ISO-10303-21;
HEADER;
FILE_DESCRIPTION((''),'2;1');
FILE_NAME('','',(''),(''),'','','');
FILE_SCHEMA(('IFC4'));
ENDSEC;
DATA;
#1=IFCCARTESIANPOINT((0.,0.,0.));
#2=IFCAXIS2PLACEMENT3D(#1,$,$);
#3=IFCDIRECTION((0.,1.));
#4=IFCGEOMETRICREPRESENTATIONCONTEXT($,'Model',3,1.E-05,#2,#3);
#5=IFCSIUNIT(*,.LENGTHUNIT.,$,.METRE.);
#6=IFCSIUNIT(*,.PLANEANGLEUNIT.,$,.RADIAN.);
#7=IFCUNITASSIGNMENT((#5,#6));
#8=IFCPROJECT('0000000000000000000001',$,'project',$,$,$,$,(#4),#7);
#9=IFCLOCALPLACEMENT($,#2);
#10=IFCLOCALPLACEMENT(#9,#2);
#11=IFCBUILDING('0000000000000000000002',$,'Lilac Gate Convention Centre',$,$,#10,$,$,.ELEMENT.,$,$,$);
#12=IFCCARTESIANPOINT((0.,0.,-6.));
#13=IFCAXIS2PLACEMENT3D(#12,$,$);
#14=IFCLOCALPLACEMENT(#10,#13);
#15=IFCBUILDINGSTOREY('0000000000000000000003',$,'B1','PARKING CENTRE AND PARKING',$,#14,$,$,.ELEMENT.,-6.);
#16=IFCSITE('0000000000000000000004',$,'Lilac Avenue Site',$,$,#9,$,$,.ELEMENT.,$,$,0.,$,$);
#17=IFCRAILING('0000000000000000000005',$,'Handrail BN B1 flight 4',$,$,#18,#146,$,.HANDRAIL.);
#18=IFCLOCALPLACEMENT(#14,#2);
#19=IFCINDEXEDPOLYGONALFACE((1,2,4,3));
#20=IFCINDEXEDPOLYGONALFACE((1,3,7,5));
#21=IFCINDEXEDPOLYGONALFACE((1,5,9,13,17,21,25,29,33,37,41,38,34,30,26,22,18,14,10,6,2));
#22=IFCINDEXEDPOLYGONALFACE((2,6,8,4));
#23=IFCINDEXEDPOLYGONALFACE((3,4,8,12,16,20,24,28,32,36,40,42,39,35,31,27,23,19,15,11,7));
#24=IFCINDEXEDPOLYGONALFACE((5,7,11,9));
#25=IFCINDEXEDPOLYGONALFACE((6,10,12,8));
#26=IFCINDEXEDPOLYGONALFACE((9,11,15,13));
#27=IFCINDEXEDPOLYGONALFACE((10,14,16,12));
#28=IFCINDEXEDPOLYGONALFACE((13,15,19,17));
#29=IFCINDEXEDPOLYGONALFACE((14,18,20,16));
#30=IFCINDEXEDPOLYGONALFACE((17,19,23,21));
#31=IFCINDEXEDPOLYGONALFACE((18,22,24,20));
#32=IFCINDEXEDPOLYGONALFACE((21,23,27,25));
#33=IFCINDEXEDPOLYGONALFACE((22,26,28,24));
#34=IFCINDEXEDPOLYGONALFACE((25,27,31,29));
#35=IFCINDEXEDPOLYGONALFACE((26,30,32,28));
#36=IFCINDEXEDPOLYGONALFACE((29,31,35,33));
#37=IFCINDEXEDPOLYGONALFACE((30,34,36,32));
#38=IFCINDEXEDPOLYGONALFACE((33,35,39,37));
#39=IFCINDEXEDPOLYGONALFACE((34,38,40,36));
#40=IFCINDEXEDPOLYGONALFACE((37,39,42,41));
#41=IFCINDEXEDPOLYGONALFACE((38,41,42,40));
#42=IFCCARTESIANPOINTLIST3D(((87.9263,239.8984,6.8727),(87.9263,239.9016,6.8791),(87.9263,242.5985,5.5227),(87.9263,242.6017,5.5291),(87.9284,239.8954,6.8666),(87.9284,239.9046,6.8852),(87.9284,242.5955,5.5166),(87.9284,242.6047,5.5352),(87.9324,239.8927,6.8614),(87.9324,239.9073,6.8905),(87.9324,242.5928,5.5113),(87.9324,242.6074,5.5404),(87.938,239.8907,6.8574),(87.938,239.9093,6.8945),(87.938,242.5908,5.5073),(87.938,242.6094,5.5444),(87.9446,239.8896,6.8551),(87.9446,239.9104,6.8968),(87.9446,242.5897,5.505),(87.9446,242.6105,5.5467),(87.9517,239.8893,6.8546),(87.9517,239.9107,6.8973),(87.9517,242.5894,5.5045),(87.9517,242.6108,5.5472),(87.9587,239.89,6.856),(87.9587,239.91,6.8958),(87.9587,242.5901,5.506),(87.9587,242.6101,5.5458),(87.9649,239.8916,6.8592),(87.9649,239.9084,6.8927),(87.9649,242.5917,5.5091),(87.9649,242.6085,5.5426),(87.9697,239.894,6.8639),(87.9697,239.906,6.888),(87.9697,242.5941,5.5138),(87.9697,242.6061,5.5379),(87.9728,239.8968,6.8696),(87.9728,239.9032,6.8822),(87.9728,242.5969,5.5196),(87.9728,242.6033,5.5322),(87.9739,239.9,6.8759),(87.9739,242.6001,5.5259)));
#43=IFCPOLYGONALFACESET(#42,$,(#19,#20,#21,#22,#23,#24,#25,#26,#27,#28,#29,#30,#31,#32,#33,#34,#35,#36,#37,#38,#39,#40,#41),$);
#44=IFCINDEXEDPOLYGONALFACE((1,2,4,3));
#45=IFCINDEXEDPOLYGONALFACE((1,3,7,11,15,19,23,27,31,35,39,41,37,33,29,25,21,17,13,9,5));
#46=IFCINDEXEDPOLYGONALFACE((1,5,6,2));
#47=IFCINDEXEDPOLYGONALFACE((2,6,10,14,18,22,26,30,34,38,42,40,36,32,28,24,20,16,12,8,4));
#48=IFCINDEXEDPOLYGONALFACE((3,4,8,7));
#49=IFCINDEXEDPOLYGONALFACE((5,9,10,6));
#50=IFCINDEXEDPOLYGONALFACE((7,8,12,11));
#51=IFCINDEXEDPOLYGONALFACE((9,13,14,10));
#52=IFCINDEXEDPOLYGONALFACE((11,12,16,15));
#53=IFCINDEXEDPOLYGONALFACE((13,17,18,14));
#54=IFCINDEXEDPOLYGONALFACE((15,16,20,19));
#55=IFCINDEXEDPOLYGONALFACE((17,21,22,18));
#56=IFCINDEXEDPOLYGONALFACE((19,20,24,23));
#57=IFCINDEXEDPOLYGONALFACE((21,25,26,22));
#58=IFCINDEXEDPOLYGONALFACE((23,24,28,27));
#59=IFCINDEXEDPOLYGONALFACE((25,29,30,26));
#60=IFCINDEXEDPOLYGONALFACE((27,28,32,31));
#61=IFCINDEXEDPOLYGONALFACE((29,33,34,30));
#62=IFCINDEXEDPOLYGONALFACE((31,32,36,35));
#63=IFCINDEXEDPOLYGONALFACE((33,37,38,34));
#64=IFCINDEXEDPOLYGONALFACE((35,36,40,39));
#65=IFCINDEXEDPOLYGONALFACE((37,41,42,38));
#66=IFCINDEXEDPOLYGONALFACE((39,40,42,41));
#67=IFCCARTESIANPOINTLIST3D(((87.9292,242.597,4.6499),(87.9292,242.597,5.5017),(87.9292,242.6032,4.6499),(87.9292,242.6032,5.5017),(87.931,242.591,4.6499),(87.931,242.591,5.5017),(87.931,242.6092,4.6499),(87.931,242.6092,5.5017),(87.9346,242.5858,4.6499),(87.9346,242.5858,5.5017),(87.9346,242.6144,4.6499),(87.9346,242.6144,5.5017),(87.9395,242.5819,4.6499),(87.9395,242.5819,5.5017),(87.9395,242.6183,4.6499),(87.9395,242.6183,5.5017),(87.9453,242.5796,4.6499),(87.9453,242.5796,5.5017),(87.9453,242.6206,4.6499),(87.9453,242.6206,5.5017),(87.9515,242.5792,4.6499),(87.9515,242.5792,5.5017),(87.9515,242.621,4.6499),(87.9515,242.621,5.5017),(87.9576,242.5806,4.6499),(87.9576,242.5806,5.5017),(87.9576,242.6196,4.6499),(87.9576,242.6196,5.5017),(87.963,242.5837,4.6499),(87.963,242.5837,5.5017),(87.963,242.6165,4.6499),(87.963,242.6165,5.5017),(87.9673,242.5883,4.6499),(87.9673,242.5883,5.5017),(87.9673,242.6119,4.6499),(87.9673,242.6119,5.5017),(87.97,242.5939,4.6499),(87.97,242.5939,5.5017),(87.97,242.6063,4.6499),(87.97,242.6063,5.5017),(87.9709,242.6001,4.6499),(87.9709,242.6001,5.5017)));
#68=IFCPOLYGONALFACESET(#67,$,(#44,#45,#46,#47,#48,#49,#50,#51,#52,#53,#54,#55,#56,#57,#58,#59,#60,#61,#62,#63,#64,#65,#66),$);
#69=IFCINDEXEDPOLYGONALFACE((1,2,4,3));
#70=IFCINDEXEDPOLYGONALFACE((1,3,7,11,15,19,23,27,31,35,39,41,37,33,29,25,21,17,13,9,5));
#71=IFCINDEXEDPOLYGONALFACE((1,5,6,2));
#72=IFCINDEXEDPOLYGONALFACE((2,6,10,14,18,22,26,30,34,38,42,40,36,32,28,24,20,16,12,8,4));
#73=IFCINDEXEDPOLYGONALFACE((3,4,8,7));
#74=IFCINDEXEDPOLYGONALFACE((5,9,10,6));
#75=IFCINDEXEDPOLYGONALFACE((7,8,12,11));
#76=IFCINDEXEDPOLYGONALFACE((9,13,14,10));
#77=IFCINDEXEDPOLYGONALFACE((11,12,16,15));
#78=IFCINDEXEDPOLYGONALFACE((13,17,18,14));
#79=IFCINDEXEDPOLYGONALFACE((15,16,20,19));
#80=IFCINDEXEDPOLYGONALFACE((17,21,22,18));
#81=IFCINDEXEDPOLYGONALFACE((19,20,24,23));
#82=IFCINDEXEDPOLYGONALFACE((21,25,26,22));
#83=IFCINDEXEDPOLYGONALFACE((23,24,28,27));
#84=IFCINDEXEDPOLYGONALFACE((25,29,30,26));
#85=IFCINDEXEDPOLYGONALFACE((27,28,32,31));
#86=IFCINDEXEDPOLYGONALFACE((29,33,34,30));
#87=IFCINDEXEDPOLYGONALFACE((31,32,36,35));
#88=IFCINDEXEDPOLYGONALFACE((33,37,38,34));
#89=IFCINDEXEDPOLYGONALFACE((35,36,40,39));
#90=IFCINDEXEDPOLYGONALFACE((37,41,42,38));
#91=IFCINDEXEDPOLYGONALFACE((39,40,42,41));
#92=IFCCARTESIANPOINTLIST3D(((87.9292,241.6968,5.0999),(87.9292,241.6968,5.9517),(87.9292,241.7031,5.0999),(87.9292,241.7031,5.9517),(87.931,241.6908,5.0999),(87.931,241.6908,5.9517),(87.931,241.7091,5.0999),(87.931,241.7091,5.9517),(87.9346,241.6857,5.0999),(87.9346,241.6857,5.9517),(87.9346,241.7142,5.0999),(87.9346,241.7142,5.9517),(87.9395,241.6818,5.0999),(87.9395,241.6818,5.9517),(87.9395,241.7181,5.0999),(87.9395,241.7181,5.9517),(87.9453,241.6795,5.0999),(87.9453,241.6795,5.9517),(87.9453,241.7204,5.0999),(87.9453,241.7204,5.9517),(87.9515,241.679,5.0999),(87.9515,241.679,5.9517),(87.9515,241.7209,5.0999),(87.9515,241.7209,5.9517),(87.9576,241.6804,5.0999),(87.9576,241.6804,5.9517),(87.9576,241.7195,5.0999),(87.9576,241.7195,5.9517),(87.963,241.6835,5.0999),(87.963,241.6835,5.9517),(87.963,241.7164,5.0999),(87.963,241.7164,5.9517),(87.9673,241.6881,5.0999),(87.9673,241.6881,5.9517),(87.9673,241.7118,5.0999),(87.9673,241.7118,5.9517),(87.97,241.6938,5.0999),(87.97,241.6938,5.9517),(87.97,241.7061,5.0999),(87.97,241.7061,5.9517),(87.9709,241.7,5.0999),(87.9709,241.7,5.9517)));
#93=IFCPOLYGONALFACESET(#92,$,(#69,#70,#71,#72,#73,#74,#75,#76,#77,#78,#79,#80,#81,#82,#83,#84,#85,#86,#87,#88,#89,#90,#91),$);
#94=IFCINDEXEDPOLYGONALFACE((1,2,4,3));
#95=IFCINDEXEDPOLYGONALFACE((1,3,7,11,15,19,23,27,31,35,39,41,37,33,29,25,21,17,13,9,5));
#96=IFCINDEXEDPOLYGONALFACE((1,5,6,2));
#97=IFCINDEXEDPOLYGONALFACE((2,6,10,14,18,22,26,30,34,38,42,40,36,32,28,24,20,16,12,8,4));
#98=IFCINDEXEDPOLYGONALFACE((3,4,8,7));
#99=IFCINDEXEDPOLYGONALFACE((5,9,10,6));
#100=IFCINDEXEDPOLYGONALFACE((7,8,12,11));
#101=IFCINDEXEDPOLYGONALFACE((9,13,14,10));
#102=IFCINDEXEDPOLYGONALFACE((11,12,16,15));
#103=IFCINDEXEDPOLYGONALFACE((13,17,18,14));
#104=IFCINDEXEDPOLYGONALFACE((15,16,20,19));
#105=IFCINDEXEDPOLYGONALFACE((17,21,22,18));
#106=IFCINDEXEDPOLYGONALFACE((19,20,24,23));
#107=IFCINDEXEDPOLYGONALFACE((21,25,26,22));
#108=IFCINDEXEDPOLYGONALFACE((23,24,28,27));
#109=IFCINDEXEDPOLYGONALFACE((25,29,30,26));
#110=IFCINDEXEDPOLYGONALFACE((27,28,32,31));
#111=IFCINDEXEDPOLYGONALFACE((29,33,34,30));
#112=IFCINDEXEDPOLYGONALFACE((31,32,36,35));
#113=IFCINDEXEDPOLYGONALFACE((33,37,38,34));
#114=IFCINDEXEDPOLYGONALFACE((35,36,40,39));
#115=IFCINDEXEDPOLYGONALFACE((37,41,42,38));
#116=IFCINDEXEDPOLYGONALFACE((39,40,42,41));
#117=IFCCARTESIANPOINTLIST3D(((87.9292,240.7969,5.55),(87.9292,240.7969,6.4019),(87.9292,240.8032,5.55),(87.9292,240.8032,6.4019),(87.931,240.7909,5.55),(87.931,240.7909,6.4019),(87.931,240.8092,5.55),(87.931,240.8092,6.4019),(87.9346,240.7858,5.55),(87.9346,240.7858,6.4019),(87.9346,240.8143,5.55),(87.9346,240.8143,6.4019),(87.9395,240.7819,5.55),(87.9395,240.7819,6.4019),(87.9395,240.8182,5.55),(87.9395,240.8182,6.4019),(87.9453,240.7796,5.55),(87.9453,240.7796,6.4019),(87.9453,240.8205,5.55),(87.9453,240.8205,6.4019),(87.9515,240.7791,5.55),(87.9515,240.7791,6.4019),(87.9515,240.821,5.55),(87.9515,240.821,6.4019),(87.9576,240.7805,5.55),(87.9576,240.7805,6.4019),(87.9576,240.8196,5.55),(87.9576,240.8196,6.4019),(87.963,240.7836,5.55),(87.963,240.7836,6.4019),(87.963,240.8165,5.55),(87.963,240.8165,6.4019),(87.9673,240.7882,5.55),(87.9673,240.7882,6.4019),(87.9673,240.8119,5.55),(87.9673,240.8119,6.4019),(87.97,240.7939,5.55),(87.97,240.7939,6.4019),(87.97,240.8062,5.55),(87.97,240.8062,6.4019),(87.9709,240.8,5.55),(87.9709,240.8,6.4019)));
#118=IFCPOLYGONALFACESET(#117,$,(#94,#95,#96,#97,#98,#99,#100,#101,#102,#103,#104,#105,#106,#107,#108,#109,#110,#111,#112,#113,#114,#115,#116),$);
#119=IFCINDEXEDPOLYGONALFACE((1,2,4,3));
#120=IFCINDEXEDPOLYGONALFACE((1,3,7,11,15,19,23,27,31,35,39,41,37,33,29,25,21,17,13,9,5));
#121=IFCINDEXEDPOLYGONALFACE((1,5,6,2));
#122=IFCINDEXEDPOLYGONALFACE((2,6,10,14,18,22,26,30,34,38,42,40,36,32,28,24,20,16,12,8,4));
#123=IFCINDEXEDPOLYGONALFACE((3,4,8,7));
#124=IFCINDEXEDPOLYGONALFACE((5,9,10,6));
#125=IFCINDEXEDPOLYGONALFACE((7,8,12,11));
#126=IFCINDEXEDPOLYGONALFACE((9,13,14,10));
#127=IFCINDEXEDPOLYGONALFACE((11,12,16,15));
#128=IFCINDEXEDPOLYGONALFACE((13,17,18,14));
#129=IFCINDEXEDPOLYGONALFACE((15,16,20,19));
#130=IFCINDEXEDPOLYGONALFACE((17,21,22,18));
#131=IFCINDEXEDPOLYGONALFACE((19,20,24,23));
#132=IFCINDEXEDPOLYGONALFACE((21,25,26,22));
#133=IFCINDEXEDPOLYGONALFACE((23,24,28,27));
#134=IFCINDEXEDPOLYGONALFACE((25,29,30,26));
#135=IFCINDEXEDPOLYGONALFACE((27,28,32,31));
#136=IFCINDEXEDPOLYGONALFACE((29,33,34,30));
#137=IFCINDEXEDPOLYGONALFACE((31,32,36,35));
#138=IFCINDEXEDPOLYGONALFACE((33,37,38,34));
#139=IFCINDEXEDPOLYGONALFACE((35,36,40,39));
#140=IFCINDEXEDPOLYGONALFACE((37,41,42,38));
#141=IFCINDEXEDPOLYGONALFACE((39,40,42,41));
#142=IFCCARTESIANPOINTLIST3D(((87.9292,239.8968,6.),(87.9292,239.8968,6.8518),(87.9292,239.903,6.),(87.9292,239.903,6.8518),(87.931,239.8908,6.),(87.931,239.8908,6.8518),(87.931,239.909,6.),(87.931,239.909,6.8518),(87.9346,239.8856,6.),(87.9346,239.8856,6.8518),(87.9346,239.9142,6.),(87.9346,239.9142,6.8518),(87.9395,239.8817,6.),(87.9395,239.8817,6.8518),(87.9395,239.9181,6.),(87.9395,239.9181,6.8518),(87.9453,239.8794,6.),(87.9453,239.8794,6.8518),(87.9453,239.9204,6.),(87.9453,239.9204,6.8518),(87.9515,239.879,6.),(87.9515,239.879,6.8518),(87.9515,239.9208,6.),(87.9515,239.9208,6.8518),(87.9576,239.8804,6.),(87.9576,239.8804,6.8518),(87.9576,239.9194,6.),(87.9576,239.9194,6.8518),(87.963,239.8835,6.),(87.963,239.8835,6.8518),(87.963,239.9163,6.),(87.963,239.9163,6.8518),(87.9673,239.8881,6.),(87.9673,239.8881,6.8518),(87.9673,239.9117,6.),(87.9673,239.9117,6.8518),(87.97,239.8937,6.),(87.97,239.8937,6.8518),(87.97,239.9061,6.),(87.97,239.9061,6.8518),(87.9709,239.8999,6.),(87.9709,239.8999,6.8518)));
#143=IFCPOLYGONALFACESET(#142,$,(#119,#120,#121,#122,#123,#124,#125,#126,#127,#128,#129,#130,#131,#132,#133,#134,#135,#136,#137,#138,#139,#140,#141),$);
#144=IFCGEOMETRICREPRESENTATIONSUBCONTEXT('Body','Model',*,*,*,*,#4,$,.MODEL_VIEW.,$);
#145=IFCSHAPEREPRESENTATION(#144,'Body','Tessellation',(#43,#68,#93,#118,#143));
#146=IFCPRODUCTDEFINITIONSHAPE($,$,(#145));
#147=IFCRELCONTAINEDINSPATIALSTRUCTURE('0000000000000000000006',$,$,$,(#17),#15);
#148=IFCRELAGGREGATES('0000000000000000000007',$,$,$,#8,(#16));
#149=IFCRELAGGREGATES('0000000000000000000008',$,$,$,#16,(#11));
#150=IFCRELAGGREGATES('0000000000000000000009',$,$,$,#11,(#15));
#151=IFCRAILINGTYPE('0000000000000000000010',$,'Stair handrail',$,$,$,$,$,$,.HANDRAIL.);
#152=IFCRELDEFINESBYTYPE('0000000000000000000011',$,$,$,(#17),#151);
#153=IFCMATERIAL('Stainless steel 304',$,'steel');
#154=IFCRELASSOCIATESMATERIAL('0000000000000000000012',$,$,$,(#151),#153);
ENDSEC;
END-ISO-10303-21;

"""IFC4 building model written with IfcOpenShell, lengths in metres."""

from ifc_helpers import new_model, si_unit, direction, frame, origin, origin_2d, place, context, subcontext, project, spatial, circle, extrude, material, type_object, element, save


model = new_model("IFC4")

# Units and contexts
model_context = context("Model", 3, precision=1e-05, world=origin(), true_north=direction((0.0, 1.0)))
body_context = subcontext(model_context, "Body", "Model", "MODEL_VIEW")
ifc_project = project(units=[si_unit("LENGTHUNIT", "METRE"), si_unit("PLANEANGLEUNIT", "RADIAN")], contexts=[model_context])

# Site, building, storey
site_placement = place(None, origin())
site = spatial("IfcSite", under=ifc_project, at=site_placement, Name="Lilac Avenue Site", CompositionType="ELEMENT", RefElevation=0.0)
building_placement = place(site_placement, origin())
building = spatial("IfcBuilding", under=site, at=building_placement, Name="Lilac Gate Convention Centre", CompositionType="ELEMENT")
storey_placement = place(building_placement, frame((0.0, 0.0, -6.0)))
storey = spatial("IfcBuildingStorey", under=building, at=storey_placement, Name="B1", Description="PARKING CENTRE AND PARKING", CompositionType="ELEMENT", Elevation=-6.0)

# Railing
ifc_material_1 = material(Name="Stainless steel 304", Category="steel")
railing_type = type_object("IfcRailingType", Name="Stair handrail", PredefinedType="HANDRAIL", material=ifc_material_1)
for number, where, name in (
    (1, (87.95, 242.6001, 4.6499), "Handrail BN B1 flight 4"),
):
    element("IfcRailing", number, at=place(storey_placement, frame(where)), inside=storey, type_object=railing_type, Name=name, PredefinedType="HANDRAIL", context=body_context, shape_type="SweptSolid", body=[
        extrude(circle(Radius=0.0239, at=origin_2d()), frame((0.0, 0.0, 0.876), z_axis=(0.0, -0.894427, 0.447214), x_axis=(1.0, 0.0, 0.0)), (0.0, 0.0, 1.0), 3.0188),
        extrude(circle(Radius=0.021, at=origin_2d()), origin(), (0.0, 0.0, 1.0), 0.8518),
        extrude(circle(Radius=0.021, at=origin_2d()), frame((0.0, -0.9001, 0.45)), (0.0, 0.0, 1.0), 0.8518),
        extrude(circle(Radius=0.021, at=origin_2d()), frame((0.0, -1.8, 0.9001)), (0.0, 0.0, 1.0), 0.8518),
        extrude(circle(Radius=0.021, at=origin_2d()), frame((0.0, -2.7002, 1.3501)), (0.0, 0.0, 1.0), 0.8518),
    ])

save(model, "model.ifc")
